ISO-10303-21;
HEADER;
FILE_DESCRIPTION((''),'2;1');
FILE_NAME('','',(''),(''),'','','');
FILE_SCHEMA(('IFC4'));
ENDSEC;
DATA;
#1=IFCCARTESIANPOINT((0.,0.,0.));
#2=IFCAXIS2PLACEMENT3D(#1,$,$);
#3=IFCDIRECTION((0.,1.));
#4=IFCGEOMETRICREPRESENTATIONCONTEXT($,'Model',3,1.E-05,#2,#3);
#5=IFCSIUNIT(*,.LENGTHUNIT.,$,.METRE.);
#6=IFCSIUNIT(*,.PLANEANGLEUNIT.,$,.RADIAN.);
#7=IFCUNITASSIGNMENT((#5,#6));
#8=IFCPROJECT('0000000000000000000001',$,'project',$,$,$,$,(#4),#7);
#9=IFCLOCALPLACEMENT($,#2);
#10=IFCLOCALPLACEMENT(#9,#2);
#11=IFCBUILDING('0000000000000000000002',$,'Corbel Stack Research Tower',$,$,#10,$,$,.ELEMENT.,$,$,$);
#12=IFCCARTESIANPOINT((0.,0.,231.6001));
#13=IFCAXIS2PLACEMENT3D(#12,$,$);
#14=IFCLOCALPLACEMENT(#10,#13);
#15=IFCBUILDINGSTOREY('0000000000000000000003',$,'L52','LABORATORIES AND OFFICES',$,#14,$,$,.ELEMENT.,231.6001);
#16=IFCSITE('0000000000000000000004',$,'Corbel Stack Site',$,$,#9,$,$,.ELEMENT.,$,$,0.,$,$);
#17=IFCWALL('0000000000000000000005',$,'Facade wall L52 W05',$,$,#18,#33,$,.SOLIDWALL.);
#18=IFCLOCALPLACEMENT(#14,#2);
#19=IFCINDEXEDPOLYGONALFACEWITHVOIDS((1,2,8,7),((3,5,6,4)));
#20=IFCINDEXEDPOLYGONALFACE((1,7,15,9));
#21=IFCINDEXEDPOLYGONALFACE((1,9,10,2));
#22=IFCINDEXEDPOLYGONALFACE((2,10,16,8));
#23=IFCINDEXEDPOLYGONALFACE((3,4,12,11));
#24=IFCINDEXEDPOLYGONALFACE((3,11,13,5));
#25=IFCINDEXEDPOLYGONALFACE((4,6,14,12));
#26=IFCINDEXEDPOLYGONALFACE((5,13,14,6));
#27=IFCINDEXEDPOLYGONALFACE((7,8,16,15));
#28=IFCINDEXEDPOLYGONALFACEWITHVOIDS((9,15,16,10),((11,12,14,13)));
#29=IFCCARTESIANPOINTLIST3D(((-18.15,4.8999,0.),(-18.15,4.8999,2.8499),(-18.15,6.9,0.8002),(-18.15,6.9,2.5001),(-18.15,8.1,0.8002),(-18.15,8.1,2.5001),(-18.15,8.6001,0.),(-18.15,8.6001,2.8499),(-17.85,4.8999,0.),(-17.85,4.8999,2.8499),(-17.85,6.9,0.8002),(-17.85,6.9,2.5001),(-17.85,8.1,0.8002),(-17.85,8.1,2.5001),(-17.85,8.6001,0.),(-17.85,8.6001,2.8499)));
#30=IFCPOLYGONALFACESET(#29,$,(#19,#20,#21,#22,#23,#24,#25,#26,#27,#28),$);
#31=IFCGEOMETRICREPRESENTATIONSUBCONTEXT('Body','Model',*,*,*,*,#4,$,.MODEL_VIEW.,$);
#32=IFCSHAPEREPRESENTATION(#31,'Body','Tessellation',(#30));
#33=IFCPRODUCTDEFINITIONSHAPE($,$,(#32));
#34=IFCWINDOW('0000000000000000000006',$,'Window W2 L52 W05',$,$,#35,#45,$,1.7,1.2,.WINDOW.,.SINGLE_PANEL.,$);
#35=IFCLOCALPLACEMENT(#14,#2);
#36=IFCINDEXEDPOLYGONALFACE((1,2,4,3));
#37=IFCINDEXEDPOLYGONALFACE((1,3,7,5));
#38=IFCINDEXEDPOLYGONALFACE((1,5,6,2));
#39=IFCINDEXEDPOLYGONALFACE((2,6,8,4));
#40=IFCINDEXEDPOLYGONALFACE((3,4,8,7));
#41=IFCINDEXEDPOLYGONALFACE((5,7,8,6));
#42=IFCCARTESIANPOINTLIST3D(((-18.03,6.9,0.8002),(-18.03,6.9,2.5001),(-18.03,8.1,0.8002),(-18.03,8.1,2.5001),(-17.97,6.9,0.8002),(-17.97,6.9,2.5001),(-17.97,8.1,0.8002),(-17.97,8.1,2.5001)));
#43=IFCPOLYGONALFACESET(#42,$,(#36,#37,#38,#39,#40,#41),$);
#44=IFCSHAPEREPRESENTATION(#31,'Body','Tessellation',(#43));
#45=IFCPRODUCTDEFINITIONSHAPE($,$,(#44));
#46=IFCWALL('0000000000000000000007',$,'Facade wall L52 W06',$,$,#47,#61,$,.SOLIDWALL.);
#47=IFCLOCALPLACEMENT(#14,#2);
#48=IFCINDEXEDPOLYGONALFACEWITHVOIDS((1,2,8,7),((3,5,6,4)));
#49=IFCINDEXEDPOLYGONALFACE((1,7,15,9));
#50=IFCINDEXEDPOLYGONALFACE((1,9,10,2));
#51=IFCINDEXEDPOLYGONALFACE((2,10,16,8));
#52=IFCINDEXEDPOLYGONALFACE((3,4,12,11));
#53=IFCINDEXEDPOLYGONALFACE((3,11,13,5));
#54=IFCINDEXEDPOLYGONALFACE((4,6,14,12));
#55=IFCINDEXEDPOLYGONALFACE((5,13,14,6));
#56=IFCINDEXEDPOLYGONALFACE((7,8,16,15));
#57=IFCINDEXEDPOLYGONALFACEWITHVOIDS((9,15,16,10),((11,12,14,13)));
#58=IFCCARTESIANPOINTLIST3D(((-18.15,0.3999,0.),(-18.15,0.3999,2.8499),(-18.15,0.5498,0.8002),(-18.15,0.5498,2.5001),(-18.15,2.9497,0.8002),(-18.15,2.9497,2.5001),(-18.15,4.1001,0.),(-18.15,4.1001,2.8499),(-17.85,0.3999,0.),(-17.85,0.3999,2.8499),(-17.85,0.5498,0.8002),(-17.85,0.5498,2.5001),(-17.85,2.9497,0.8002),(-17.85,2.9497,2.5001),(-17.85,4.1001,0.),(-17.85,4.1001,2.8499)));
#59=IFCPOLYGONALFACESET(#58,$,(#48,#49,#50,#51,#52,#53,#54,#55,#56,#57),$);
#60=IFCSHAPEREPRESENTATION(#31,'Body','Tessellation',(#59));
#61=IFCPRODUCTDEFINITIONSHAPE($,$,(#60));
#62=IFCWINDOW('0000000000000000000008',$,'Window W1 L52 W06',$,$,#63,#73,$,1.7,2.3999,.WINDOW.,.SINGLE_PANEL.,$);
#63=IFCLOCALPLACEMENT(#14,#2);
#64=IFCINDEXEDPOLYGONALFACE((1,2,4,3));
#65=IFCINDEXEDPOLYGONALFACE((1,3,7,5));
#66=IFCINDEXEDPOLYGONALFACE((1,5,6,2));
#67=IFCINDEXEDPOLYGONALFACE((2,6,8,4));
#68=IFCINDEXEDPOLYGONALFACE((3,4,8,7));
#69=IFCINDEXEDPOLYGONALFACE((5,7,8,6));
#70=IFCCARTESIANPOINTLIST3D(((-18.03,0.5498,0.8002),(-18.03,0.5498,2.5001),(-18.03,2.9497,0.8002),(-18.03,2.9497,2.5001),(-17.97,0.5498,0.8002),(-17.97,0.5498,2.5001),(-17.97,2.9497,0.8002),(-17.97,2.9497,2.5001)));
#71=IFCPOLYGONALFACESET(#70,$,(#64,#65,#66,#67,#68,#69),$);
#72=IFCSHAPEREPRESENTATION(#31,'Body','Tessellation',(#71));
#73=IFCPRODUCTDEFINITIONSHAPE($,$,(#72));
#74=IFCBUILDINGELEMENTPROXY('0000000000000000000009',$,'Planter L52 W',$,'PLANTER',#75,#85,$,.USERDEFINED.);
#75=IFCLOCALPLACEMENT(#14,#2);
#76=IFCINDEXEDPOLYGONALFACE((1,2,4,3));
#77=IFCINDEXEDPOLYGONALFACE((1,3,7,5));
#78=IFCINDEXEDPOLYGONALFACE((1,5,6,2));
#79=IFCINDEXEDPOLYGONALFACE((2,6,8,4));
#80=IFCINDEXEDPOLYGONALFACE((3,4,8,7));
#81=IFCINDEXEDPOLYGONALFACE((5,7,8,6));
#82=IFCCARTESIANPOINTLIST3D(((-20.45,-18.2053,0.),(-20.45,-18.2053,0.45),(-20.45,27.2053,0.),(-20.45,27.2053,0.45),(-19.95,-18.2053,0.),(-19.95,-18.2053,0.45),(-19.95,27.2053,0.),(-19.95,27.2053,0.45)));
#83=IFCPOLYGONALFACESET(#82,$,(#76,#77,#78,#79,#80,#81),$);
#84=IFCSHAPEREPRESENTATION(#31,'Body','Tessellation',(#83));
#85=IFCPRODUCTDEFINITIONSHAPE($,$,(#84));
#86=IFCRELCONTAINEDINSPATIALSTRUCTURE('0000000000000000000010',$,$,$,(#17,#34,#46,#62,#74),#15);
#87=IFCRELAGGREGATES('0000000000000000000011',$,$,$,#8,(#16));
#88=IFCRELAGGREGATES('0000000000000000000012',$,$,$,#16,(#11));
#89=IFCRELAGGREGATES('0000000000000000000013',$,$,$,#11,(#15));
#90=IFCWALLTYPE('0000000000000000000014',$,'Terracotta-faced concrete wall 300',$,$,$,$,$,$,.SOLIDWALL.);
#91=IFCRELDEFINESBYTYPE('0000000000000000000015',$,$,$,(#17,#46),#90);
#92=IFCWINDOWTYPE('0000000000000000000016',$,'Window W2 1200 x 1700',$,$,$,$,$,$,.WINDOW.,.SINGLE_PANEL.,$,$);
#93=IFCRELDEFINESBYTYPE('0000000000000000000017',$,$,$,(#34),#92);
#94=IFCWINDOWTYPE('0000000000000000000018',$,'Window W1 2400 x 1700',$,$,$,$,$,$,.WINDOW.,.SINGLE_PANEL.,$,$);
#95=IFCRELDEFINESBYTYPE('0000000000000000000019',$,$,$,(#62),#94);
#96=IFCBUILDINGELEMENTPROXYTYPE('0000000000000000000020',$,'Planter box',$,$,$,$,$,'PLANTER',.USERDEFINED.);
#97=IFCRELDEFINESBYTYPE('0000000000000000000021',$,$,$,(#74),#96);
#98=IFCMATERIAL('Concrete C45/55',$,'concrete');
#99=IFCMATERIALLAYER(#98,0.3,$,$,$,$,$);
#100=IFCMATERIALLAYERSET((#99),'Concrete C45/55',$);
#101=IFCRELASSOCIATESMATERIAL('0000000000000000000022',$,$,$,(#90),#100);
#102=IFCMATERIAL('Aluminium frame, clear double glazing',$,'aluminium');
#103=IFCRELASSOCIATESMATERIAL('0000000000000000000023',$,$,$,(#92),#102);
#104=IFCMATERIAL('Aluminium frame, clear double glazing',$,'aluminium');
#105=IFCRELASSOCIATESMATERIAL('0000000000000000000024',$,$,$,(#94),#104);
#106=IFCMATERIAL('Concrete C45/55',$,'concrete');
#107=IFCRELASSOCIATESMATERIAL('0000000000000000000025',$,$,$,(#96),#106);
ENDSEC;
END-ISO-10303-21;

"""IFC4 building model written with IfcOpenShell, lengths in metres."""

from ifc_helpers import new_model, si_unit, direction, frame, frame_2d, origin, origin_2d, place, context, subcontext, project, spatial, rectangle, extrude, material, layer, layer_set, type_object, element, fill, save


model = new_model("IFC4")

# Units and contexts
model_context = context("Model", 3, precision=1e-05, world=origin(), true_north=direction((0.0, 1.0)))
body_context = subcontext(model_context, "Body", "Model", "MODEL_VIEW")
ifc_project = project(units=[si_unit("LENGTHUNIT", "METRE"), si_unit("PLANEANGLEUNIT", "RADIAN")], contexts=[model_context])

# Site, building, storey
site_placement = place(None, origin())
site = spatial("IfcSite", under=ifc_project, at=site_placement, Name="Corbel Stack Site", CompositionType="ELEMENT", RefElevation=0.0)
building_placement = place(site_placement, origin())
building = spatial("IfcBuilding", under=site, at=building_placement, Name="Corbel Stack Research Tower", CompositionType="ELEMENT")
storey_placement = place(building_placement, frame((0.0, 0.0, 231.6001)))
storey = spatial("IfcBuildingStorey", under=building, at=storey_placement, Name="L52", Description="LABORATORIES AND OFFICES", CompositionType="ELEMENT", Elevation=231.6001)

# Walls, openings, windows
ifc_material_1 = material(Name="Concrete C45/55", Category="concrete")
ifc_layer_1 = layer(ifc_material_1, 0.3)
ifc_layer_set_1 = layer_set([ifc_layer_1], Name="Concrete C45/55")
wall_type_1 = type_object("IfcWallType", Name="Terracotta-faced concrete wall 300", PredefinedType="SOLIDWALL", material=ifc_layer_set_1)
wall_1_placement = place(storey_placement, frame((-18.0, 4.8999, 0.0), z_axis=(0.0, 0.0, 1.0), x_axis=(0.0, 1.0, 0.0)))
wall_1 = element("IfcWall", 1, at=wall_1_placement, inside=storey, type_object=wall_type_1, Name="Facade wall L52 W05", PredefinedType="SOLIDWALL", context=body_context, shape_type="SweptSolid", body=[
    extrude(rectangle(XDim=3.7002, YDim=0.3, at=frame_2d((1.8501, 0.0))), origin(), (0.0, 0.0, 1.0), 2.8499),
])
opening_1_placement = place(wall_1_placement, frame((2.0, 0.0, 0.8)))
opening_1 = element("IfcOpeningElement", 2, at=opening_1_placement, cuts=wall_1, PredefinedType="OPENING", context=body_context, shape_type="SweptSolid", body=[
    extrude(rectangle(XDim=1.2, YDim=1.7, at=frame_2d((0.6001, 0.8501))), frame((0.0, 0.1599, 0.0), z_axis=(0.0, -1.0, 0.0), x_axis=(1.0, 0.0, 0.0)), (0.0, 0.0, 1.0), 0.3201),
])
ifc_material_2 = material(Name="Aluminium frame, clear double glazing", Category="aluminium")
window_type_1 = type_object("IfcWindowType", Name="Window W2 1200 x 1700", PartitioningType="SINGLE_PANEL", PredefinedType="WINDOW", material=ifc_material_2)
window_1_placement = place(opening_1_placement, origin())
window_1 = element("IfcWindow", 3, at=window_1_placement, inside=storey, type_object=window_type_1, Name="Window W2 L52 W05", OverallHeight=1.7, OverallWidth=1.2, PartitioningType="SINGLE_PANEL", PredefinedType="WINDOW", context=body_context, shape_type="SweptSolid", body=[
    extrude(rectangle(XDim=1.2, YDim=1.7, at=frame_2d((0.6001, 0.8501))), frame((0.0, 0.03, 0.0), z_axis=(0.0, -1.0, 0.0), x_axis=(1.0, 0.0, 0.0)), (0.0, 0.0, 1.0), 0.0601),
])
fill(opening_1, window_1)
wall_2_placement = place(storey_placement, frame((-18.0, 0.3999, 0.0), z_axis=(0.0, 0.0, 1.0), x_axis=(0.0, 1.0, 0.0)))
wall_2 = element("IfcWall", 4, at=wall_2_placement, inside=storey, type_object=wall_type_1, Name="Facade wall L52 W06", PredefinedType="SOLIDWALL", context=body_context, shape_type="SweptSolid", body=[
    extrude(rectangle(XDim=3.7002, YDim=0.3, at=frame_2d((1.8501, 0.0))), origin(), (0.0, 0.0, 1.0), 2.8499),
])
opening_2_placement = place(wall_2_placement, frame((0.1499, 0.0, 0.8)))
opening_2 = element("IfcOpeningElement", 5, at=opening_2_placement, cuts=wall_2, PredefinedType="OPENING", context=body_context, shape_type="SweptSolid", body=[
    extrude(rectangle(XDim=2.3999, YDim=1.7, at=frame_2d((1.2, 0.8501))), frame((0.0, 0.1599, 0.0), z_axis=(0.0, -1.0, 0.0), x_axis=(1.0, 0.0, 0.0)), (0.0, 0.0, 1.0), 0.3201),
])
ifc_material_3 = material(Name="Aluminium frame, clear double glazing", Category="aluminium")
window_type_2 = type_object("IfcWindowType", Name="Window W1 2400 x 1700", PartitioningType="SINGLE_PANEL", PredefinedType="WINDOW", material=ifc_material_3)
window_2_placement = place(opening_2_placement, origin())
window_2 = element("IfcWindow", 6, at=window_2_placement, inside=storey, type_object=window_type_2, Name="Window W1 L52 W06", OverallHeight=1.7, OverallWidth=2.3999, PartitioningType="SINGLE_PANEL", PredefinedType="WINDOW", context=body_context, shape_type="SweptSolid", body=[
    extrude(rectangle(XDim=2.3999, YDim=1.7, at=frame_2d((1.2, 0.8501))), frame((0.0, 0.03, 0.0), z_axis=(0.0, -1.0, 0.0), x_axis=(1.0, 0.0, 0.0)), (0.0, 0.0, 1.0), 0.0601),
])
fill(opening_2, window_2)

# Building element proxy
ifc_material_4 = material(Name="Concrete C45/55", Category="concrete")
building_element_proxy_type = type_object("IfcBuildingElementProxyType", Name="Planter box", ElementType="PLANTER", PredefinedType="USERDEFINED", material=ifc_material_4)
proxy_placement = place(storey_placement, frame((-20.2, 4.5, 0.0), z_axis=(0.0, 0.0, 1.0), x_axis=(0.0, -1.0, 0.0)))
element("IfcBuildingElementProxy", 7, at=proxy_placement, inside=storey, type_object=building_element_proxy_type, Name="Planter L52 W", ObjectType="PLANTER", PredefinedType="USERDEFINED", context=body_context, shape_type="SweptSolid", body=[
    extrude(rectangle(XDim=45.4106, YDim=0.5, at=origin_2d()), origin(), (0.0, 0.0, 1.0), 0.45),
])

save(model, "model.ifc")
